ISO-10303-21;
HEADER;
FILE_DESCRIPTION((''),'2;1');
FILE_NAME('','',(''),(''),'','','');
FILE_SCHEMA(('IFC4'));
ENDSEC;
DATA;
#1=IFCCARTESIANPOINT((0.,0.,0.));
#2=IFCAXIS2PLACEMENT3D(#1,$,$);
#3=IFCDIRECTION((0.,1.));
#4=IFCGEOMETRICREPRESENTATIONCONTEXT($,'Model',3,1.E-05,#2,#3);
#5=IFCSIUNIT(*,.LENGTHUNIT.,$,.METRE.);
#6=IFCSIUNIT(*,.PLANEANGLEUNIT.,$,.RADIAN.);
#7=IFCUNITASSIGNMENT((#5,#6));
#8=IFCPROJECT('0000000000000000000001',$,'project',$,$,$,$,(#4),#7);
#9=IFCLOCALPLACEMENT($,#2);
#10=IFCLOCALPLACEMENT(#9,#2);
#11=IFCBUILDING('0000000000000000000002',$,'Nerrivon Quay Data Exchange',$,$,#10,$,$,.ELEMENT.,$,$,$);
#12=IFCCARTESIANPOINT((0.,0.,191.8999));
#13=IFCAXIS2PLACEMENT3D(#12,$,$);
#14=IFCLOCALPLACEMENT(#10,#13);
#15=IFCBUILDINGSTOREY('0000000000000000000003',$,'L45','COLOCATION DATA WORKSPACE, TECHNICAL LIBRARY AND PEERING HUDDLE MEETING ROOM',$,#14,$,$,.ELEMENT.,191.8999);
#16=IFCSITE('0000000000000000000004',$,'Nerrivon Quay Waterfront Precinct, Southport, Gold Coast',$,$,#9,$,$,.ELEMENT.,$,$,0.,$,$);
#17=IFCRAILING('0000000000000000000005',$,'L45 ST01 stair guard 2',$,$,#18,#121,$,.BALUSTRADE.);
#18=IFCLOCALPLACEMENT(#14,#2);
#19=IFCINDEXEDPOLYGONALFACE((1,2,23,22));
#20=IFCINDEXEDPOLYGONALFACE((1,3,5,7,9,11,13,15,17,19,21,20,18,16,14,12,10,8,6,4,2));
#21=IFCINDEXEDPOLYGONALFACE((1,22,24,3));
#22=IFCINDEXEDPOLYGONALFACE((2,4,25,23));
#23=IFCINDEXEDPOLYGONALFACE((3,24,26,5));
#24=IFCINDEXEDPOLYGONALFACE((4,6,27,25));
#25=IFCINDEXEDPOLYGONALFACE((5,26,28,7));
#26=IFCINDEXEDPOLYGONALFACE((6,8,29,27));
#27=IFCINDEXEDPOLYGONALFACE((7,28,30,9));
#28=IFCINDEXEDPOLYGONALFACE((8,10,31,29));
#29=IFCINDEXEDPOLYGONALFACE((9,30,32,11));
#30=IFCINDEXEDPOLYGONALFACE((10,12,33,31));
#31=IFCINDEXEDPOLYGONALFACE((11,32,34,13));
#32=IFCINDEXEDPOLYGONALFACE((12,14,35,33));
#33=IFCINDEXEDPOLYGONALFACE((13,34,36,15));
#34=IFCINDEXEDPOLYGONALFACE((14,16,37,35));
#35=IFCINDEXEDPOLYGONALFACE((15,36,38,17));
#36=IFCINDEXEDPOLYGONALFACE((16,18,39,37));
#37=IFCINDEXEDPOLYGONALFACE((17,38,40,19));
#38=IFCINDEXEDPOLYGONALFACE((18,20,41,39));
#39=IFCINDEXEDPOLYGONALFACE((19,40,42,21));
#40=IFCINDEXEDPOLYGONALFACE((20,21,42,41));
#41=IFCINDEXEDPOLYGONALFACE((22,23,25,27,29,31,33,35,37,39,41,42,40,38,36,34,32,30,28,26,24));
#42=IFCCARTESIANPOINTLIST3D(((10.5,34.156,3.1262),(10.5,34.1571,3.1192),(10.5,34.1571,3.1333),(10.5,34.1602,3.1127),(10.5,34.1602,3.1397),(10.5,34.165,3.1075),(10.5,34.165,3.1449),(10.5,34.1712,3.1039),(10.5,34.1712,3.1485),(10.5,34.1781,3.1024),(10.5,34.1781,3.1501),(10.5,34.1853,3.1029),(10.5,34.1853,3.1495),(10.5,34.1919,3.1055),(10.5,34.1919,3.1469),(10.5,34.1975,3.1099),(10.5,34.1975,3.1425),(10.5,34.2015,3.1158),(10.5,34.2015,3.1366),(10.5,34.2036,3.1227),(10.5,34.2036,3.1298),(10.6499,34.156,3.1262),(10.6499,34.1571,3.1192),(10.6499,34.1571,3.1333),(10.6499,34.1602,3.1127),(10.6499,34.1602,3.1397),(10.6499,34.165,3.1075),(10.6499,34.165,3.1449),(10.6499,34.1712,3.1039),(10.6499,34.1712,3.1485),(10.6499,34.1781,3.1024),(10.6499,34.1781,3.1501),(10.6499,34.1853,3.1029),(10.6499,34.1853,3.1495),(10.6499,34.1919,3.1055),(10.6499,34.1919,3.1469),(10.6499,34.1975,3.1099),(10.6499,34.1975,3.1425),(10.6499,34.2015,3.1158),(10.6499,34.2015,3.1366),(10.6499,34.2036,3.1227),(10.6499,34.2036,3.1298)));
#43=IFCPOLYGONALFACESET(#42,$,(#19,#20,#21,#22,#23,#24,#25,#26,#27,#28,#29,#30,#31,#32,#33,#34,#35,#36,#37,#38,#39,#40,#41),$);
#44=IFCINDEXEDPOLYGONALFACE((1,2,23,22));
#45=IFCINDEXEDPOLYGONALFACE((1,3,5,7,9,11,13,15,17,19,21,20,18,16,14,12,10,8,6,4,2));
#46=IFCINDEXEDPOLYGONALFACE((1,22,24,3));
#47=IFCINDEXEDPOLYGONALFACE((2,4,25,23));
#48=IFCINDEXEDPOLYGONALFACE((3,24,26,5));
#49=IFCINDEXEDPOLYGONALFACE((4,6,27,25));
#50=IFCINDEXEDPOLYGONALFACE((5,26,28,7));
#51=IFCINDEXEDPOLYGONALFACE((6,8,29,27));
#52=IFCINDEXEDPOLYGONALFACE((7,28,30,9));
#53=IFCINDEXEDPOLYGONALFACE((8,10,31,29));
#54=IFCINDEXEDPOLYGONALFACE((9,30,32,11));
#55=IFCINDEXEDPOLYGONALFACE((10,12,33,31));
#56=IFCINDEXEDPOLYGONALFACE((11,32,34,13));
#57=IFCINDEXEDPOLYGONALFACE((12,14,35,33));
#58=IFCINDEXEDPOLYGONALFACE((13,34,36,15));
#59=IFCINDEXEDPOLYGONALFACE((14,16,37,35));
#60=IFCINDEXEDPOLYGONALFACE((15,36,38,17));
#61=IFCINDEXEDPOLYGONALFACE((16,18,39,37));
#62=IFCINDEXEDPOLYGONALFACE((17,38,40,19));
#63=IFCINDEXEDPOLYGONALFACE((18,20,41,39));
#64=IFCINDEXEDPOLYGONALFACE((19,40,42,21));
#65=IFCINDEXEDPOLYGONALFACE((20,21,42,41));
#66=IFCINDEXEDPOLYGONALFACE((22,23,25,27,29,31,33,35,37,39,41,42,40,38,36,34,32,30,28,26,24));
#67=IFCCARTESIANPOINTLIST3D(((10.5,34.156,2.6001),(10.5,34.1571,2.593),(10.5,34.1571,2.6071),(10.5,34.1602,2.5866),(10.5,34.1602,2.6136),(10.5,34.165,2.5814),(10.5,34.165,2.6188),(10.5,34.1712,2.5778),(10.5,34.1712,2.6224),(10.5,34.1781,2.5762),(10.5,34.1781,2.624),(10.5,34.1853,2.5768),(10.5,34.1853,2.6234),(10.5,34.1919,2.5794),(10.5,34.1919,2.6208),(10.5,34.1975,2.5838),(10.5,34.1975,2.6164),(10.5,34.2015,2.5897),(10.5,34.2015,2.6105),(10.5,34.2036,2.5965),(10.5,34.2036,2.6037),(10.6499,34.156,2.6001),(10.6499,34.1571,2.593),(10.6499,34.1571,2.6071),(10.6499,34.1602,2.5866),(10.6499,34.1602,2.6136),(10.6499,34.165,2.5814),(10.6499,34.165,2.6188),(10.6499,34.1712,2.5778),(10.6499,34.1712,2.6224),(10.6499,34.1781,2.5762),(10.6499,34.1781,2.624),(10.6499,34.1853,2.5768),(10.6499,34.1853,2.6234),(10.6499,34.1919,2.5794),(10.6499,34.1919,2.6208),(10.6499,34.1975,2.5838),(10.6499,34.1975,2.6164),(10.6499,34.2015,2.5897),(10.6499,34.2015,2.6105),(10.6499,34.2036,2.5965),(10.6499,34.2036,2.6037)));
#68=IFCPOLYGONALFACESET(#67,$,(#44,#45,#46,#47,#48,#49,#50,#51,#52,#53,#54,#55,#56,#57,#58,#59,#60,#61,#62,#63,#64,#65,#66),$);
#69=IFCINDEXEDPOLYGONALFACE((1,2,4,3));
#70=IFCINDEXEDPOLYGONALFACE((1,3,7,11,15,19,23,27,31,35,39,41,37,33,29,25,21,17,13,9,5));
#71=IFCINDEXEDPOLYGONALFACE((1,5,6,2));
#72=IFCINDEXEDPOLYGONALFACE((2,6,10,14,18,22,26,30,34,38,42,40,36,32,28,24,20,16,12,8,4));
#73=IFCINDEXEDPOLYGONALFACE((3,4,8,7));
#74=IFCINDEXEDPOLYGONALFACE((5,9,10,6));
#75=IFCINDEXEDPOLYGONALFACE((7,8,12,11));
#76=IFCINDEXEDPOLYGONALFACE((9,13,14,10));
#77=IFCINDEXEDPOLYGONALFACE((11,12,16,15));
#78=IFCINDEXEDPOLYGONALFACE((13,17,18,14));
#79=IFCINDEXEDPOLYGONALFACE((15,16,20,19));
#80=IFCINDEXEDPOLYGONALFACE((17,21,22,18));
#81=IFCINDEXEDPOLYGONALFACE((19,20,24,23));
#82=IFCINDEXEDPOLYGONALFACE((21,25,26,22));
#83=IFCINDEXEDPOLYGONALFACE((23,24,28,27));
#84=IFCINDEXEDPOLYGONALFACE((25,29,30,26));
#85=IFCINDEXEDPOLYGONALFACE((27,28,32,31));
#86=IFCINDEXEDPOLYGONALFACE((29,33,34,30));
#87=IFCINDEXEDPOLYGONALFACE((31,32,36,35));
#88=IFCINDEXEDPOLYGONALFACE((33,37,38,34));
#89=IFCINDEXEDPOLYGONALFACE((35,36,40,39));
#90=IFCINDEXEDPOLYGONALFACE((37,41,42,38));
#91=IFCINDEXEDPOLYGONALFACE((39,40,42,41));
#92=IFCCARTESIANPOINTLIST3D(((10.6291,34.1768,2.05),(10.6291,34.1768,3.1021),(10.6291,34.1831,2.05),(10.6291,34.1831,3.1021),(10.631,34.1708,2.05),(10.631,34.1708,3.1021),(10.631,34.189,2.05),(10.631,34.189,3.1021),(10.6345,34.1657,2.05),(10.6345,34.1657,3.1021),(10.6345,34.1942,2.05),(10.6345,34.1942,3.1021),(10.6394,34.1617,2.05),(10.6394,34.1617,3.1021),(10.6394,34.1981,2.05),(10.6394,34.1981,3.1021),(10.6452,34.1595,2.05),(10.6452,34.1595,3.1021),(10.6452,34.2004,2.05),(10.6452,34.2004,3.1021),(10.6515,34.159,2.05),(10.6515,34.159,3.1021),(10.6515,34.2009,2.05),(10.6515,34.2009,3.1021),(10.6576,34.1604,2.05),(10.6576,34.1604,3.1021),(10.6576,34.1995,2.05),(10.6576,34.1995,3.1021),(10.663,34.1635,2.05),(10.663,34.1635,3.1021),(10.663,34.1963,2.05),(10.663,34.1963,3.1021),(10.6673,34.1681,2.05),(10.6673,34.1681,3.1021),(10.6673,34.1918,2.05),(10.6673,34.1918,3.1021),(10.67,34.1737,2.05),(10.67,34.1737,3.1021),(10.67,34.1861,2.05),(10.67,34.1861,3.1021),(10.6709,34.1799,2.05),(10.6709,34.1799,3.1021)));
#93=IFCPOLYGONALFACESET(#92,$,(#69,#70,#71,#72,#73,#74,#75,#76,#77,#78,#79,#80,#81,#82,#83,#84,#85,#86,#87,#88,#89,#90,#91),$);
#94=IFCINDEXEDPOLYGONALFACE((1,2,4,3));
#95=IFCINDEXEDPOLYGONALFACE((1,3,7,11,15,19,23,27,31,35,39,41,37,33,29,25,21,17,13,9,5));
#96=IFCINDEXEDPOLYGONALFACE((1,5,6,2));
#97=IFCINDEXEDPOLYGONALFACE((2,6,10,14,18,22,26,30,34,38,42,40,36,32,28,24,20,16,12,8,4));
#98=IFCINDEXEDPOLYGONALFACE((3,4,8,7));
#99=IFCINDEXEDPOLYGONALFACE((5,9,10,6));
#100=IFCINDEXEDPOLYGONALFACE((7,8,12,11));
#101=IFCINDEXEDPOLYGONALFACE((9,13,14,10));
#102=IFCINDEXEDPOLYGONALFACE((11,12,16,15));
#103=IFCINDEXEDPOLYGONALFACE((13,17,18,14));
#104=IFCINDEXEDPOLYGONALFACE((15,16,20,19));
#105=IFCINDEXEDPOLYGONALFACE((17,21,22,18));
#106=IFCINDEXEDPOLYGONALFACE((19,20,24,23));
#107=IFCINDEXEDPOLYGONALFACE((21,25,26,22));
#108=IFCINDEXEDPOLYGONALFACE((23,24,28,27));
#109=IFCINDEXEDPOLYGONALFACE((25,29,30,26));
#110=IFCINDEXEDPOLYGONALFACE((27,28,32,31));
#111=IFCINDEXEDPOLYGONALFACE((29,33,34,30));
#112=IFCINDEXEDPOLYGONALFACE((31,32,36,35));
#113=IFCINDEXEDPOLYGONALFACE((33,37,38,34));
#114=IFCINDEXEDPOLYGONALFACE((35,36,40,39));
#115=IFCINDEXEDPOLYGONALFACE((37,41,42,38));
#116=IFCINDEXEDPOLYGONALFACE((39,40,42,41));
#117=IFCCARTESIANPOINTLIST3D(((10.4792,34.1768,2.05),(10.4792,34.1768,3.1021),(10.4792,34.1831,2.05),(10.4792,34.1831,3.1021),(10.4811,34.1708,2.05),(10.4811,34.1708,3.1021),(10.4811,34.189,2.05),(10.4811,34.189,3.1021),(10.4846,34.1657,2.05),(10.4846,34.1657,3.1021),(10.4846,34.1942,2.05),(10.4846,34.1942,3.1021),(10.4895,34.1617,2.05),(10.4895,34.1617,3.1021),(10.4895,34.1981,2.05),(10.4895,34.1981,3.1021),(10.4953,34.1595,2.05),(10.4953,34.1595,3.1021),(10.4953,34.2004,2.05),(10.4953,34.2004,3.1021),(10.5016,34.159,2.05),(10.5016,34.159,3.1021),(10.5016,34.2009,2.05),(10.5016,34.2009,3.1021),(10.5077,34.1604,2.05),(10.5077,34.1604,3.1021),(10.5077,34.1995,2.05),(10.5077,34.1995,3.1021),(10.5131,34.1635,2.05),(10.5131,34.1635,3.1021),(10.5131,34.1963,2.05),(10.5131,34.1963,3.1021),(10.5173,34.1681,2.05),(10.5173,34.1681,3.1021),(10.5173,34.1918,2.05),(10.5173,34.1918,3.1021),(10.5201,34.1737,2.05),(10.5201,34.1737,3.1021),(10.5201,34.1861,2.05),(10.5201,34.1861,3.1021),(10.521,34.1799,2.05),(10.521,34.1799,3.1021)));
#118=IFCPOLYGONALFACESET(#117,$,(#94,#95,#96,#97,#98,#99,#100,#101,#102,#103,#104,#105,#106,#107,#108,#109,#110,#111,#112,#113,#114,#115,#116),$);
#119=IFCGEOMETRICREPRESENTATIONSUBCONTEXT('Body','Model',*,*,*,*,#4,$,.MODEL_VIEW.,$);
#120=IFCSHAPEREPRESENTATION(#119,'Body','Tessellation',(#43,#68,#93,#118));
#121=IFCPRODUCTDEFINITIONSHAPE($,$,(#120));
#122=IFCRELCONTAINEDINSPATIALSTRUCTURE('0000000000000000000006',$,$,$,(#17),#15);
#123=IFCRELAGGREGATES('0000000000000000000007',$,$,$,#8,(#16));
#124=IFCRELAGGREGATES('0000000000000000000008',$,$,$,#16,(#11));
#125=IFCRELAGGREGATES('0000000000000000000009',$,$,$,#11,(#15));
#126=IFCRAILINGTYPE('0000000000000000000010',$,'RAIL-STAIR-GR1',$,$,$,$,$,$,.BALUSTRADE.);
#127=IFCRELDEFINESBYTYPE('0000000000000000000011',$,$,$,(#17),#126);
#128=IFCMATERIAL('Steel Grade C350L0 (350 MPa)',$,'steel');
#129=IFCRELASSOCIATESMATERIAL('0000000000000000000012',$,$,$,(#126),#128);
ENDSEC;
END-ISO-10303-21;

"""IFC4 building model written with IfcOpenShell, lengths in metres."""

from ifc_helpers import new_model, si_unit, direction, frame, origin, origin_2d, place, context, subcontext, project, spatial, circle, extrude, material, type_object, element, save


model = new_model("IFC4")

# Units and contexts
model_context = context("Model", 3, precision=1e-05, world=origin(), true_north=direction((0.0, 1.0)))
body_context = subcontext(model_context, "Body", "Model", "MODEL_VIEW")
ifc_project = project(units=[si_unit("LENGTHUNIT", "METRE"), si_unit("PLANEANGLEUNIT", "RADIAN")], contexts=[model_context])

# Site, building, storey
site_placement = place(None, origin())
site = spatial("IfcSite", under=ifc_project, at=site_placement, Name="Nerrivon Quay Waterfront Precinct, Southport, Gold Coast", CompositionType="ELEMENT", RefElevation=0.0)
building_placement = place(site_placement, origin())
building = spatial("IfcBuilding", under=site, at=building_placement, Name="Nerrivon Quay Data Exchange", CompositionType="ELEMENT")
storey_placement = place(building_placement, frame((0.0, 0.0, 191.8999)))
storey = spatial("IfcBuildingStorey", under=building, at=storey_placement, Name="L45", Description="COLOCATION DATA WORKSPACE, TECHNICAL LIBRARY AND PEERING HUDDLE MEETING ROOM", CompositionType="ELEMENT", Elevation=191.8999)

# Railing
ifc_material_1 = material(Name="Steel Grade C350L0 (350 MPa)", Category="steel")
railing_type_1 = type_object("IfcRailingType", Name="RAIL-STAIR-GR1", PredefinedType="BALUSTRADE", material=ifc_material_1)
railing_1_placement = place(storey_placement, frame((10.6499, 34.1799, 2.05)))
element("IfcRailing", 1, at=railing_1_placement, inside=storey, type_object=railing_type_1, Name="L45 ST01 stair guard 2", PredefinedType="BALUSTRADE", context=body_context, shape_type="SweptSolid", body=[
    extrude(circle(Radius=0.0239, at=origin_2d()), frame((0.0, 0.0, 1.0762), z_axis=(-1.0, 0.0, 0.0), x_axis=(0.0, -1.0, 0.0)), (0.0, 0.0, 1.0), 0.1499),
    extrude(circle(Radius=0.0239, at=origin_2d()), frame((0.0, 0.0, 0.55), z_axis=(-1.0, 0.0, 0.0), x_axis=(0.0, -1.0, 0.0)), (0.0, 0.0, 1.0), 0.1499),
    extrude(circle(Radius=0.021, at=origin_2d()), origin(), (0.0, 0.0, 1.0), 1.052),
    extrude(circle(Radius=0.021, at=origin_2d()), frame((-0.1499, 0.0, 0.0)), (0.0, 0.0, 1.0), 1.052),
])

save(model, "model.ifc")
